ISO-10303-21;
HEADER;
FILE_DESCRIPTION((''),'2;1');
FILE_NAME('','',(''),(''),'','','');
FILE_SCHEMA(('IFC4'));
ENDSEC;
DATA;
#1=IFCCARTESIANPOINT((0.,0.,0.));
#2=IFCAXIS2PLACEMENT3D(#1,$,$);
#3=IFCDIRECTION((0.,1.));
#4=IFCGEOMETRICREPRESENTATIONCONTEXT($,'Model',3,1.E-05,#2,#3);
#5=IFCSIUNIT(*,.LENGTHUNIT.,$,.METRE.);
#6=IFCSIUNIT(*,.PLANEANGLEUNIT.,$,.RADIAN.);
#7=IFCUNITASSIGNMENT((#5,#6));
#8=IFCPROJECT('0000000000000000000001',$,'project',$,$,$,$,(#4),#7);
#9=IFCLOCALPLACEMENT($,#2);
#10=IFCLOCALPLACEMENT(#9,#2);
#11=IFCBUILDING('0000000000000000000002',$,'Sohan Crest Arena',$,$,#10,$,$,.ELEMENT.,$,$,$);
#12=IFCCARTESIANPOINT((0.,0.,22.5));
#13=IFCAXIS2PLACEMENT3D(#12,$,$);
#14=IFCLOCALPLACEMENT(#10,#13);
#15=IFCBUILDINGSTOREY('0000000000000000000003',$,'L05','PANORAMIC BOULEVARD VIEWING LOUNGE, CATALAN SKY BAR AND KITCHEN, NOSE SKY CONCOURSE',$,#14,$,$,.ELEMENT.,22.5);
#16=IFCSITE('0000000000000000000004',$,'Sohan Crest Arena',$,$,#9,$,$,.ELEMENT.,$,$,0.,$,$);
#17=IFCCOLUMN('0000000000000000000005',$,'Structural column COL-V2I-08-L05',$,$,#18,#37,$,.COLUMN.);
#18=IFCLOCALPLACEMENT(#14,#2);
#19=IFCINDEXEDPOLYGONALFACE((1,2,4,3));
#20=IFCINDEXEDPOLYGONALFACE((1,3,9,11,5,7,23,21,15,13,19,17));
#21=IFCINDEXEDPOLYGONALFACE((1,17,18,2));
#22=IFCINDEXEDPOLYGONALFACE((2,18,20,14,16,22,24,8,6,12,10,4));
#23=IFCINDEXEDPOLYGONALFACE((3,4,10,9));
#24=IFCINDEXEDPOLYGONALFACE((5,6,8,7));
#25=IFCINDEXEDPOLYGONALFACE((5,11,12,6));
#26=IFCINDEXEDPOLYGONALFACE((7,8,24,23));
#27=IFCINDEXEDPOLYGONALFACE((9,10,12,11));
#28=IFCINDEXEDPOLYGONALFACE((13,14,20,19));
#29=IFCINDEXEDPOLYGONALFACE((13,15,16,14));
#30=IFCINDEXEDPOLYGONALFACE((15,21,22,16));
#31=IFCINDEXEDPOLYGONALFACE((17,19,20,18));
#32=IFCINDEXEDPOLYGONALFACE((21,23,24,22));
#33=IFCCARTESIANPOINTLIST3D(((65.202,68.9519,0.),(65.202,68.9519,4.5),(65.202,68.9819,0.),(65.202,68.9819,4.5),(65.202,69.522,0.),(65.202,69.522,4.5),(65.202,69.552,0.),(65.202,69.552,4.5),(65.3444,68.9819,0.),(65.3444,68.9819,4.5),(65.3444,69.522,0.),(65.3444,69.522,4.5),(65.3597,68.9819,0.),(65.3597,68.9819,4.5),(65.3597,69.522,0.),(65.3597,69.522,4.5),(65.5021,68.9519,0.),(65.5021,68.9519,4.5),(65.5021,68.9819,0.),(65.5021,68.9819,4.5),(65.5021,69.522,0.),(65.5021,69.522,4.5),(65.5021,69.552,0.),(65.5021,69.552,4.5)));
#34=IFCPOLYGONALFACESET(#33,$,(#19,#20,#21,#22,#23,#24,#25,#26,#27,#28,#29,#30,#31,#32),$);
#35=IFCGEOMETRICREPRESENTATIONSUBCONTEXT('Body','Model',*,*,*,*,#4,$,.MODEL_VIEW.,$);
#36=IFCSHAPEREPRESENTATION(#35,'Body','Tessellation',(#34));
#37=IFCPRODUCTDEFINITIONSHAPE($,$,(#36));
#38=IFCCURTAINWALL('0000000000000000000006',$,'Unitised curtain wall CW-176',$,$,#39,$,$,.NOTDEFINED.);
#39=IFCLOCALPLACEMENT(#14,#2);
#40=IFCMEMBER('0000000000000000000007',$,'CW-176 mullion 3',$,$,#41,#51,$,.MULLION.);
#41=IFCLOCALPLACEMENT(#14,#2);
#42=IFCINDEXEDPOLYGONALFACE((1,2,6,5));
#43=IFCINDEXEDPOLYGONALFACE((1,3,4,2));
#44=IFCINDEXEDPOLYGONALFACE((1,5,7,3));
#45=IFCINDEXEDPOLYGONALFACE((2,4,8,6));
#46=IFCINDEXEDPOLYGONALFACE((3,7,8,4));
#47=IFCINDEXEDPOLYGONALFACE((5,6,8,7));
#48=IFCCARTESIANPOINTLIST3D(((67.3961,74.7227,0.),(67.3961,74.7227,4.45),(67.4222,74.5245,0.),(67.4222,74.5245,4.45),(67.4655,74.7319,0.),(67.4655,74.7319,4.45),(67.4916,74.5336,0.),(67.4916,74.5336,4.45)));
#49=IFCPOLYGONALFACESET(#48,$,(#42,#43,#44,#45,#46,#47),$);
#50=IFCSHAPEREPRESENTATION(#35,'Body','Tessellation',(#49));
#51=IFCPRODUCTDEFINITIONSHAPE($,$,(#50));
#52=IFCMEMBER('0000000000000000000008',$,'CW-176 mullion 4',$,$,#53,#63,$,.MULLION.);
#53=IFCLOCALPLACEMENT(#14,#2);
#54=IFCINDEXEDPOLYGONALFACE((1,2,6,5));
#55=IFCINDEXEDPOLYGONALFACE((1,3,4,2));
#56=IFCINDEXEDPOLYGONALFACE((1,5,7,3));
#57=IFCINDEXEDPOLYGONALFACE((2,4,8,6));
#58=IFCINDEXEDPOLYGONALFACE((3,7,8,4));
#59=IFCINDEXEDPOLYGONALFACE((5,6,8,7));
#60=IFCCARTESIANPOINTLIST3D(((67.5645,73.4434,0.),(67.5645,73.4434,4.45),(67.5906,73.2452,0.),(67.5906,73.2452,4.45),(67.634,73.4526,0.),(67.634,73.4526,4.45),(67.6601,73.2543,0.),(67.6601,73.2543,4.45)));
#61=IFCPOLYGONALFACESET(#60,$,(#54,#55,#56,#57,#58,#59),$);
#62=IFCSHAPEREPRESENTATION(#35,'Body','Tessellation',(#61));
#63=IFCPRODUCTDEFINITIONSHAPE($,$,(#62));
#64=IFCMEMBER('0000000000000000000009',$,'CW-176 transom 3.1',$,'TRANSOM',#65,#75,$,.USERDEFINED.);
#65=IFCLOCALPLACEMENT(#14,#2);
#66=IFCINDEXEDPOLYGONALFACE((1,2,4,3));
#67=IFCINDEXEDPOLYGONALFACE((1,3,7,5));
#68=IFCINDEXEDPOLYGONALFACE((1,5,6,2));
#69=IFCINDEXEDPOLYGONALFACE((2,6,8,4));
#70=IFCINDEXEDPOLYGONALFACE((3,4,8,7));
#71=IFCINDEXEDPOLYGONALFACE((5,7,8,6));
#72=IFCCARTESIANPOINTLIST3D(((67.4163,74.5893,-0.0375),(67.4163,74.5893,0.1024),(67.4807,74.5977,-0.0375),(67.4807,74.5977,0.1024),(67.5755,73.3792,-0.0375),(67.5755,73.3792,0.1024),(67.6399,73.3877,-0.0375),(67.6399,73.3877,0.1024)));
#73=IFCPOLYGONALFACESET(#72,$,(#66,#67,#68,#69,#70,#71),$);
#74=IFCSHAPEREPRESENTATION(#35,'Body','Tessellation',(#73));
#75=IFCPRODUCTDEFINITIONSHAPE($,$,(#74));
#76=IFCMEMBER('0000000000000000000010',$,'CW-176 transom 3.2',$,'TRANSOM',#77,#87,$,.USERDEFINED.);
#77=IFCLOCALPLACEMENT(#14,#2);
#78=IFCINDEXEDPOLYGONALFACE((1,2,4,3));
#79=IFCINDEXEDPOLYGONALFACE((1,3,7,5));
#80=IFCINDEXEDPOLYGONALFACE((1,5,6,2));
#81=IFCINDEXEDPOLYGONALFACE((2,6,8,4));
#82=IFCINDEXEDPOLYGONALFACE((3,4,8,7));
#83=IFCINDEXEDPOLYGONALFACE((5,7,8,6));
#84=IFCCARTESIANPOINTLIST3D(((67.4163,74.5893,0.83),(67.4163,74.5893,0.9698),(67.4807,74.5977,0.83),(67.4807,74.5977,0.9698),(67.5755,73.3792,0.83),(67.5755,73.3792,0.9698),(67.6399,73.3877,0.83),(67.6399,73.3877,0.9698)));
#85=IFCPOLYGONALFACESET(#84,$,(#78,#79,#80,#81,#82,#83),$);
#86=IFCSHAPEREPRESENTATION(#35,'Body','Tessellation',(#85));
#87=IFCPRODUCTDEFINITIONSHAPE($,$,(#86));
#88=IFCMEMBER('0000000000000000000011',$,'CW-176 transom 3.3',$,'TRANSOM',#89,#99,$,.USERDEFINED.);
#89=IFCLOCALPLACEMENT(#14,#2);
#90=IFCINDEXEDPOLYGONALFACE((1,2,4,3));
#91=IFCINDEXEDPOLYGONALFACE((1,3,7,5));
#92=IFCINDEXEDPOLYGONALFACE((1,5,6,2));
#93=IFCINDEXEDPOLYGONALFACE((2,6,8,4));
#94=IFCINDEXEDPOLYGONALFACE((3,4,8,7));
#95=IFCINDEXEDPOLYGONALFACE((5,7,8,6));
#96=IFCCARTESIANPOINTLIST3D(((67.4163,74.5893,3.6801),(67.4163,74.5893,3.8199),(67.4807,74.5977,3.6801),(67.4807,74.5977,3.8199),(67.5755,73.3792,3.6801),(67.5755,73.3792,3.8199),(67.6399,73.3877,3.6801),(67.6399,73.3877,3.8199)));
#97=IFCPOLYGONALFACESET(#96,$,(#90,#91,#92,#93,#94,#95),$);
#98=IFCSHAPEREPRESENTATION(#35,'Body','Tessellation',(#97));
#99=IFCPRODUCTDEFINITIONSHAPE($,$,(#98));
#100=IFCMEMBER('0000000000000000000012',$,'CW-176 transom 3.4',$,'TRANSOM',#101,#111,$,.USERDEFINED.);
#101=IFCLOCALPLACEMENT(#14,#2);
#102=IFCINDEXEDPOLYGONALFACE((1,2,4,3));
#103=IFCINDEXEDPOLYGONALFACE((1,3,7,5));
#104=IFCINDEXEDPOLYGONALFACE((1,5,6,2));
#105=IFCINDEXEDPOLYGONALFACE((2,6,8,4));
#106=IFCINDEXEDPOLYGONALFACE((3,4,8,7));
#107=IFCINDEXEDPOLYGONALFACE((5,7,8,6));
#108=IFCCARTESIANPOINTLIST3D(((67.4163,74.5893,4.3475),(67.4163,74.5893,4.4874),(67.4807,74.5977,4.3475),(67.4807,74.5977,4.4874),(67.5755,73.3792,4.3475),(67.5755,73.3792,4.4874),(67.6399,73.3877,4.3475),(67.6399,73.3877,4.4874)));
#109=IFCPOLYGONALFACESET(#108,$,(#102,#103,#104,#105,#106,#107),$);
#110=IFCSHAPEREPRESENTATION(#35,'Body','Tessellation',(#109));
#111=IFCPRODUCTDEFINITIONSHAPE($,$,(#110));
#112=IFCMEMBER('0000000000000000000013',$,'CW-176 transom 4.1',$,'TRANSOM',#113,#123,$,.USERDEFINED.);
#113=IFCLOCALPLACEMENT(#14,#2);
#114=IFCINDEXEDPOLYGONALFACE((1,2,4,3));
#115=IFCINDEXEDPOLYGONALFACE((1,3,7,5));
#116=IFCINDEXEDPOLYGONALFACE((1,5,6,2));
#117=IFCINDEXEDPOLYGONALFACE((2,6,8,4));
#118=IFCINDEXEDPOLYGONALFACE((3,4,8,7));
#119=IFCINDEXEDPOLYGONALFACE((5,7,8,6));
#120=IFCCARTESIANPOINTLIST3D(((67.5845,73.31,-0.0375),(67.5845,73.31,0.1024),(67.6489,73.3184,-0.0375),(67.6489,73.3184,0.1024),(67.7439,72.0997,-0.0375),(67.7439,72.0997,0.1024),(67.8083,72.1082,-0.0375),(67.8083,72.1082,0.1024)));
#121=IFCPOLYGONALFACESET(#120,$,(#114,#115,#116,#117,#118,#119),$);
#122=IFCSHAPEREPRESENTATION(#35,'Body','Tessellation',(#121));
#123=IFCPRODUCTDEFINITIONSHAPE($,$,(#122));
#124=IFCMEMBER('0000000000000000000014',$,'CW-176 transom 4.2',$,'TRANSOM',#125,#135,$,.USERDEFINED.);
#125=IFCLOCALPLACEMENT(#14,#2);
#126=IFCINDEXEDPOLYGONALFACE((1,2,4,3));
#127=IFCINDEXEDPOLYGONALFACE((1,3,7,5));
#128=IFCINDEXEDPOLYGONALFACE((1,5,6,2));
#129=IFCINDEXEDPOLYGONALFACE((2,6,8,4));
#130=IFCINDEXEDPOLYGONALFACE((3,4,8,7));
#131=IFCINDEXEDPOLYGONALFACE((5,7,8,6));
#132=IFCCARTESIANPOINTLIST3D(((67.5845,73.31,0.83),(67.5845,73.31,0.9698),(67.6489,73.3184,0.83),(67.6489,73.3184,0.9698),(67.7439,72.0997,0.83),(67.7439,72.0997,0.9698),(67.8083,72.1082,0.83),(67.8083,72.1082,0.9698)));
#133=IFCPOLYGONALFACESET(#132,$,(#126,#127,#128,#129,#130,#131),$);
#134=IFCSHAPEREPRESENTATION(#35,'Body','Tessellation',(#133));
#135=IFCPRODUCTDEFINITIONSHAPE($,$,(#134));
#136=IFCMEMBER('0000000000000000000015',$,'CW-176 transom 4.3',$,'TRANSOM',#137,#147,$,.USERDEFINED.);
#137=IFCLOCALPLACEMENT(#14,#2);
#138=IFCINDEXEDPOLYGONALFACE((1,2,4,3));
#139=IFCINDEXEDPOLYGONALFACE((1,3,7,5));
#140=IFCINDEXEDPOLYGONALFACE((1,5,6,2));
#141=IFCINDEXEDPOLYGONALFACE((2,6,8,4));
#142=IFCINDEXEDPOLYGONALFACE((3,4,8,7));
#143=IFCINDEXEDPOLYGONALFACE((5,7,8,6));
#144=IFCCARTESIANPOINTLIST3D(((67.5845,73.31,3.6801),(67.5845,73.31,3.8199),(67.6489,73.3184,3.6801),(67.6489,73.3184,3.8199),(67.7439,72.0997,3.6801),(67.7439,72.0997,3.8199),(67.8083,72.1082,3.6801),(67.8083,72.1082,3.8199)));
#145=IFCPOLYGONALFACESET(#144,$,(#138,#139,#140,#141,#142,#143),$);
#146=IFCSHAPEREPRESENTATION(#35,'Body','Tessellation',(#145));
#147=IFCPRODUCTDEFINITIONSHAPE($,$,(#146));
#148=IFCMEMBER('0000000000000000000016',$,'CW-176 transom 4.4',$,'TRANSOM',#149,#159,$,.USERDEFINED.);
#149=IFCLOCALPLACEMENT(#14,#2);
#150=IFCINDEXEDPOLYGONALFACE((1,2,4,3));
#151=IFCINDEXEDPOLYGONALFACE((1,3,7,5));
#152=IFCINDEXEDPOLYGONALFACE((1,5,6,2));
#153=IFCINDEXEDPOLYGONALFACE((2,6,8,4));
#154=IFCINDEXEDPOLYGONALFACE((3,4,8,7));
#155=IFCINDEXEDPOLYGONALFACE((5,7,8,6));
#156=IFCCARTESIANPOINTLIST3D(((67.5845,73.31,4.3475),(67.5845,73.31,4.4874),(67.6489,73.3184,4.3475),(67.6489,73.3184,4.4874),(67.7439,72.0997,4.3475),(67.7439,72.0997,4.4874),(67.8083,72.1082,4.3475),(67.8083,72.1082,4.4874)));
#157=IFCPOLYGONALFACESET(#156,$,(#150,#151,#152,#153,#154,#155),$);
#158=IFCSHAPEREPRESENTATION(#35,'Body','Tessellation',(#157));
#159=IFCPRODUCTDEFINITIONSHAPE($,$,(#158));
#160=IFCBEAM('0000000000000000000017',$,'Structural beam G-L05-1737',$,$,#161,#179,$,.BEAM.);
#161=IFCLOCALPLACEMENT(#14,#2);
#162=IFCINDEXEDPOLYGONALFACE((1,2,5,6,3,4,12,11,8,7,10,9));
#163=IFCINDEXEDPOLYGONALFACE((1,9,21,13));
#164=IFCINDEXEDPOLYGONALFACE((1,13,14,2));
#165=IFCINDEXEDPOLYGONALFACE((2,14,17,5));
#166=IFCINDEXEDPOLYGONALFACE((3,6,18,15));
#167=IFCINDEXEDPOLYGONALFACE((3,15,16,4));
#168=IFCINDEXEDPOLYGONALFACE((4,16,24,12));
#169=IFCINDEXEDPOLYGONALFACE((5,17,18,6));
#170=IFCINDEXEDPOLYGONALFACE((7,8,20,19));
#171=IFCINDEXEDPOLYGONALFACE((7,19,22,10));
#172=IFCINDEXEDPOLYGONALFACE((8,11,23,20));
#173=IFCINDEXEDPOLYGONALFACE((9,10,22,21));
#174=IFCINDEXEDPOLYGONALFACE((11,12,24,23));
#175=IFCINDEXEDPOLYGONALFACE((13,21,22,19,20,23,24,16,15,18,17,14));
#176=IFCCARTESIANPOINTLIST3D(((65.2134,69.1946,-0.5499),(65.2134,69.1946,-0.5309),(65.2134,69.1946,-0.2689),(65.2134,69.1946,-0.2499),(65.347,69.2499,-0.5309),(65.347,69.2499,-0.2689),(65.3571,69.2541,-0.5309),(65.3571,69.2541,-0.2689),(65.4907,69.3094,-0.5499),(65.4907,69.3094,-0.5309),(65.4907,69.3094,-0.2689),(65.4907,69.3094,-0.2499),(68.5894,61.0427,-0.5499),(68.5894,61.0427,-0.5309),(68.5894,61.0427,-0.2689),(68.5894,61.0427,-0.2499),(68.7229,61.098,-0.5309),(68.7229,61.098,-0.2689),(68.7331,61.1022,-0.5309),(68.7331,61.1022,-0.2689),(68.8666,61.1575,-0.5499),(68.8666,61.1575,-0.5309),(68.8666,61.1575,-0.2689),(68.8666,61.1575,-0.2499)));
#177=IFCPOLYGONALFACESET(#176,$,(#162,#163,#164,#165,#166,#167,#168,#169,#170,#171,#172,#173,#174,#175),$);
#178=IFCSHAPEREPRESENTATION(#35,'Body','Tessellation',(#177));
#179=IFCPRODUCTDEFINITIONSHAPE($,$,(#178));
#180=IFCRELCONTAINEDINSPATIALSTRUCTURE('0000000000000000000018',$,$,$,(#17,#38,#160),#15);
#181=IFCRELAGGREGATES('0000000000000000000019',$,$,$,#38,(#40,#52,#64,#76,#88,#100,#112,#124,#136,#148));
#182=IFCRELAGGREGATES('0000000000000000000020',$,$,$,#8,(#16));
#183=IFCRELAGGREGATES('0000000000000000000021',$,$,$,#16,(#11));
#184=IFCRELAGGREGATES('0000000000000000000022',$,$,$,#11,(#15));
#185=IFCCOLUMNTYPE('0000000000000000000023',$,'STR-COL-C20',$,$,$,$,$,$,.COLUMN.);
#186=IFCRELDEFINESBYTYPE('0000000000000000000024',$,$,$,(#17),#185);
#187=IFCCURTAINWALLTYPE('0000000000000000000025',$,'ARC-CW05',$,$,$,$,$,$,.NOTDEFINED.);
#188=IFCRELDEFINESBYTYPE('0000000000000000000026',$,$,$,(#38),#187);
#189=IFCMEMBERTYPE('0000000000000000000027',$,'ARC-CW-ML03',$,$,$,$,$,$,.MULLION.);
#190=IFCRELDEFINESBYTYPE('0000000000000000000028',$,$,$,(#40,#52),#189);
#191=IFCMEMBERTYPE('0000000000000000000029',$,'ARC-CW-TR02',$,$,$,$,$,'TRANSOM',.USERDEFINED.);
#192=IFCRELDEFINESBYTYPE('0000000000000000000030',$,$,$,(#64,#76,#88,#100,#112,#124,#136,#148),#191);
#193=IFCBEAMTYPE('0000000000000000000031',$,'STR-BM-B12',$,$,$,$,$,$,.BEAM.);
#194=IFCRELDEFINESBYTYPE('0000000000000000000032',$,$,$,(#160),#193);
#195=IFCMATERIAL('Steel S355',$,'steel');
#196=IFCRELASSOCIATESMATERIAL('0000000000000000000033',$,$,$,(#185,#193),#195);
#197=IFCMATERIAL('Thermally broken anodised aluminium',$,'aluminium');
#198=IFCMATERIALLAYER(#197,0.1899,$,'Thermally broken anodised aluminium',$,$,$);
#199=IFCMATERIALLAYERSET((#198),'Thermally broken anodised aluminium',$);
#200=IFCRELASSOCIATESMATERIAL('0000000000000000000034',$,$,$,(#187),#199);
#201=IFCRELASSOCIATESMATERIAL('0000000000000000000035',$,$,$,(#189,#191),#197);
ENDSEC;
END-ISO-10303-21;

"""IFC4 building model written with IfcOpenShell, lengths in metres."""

from ifc_helpers import new_model, si_unit, direction, frame, origin, origin_2d, place, context, subcontext, project, spatial, rectangle, i_section, extrude, material, layer, layer_set, material_profile, profile_set, type_object, element, aggregate, save


model = new_model("IFC4")

# Units and contexts
model_context = context("Model", 3, precision=1e-05, world=origin(), true_north=direction((0.0, 1.0)))
body_context = subcontext(model_context, "Body", "Model", "MODEL_VIEW")
ifc_project = project(units=[si_unit("LENGTHUNIT", "METRE"), si_unit("PLANEANGLEUNIT", "RADIAN")], contexts=[model_context])

# Site, building, storey
site_placement = place(None, origin())
site = spatial("IfcSite", under=ifc_project, at=site_placement, Name="Sohan Crest Arena", CompositionType="ELEMENT", RefElevation=0.0)
building_placement = place(site_placement, origin())
building = spatial("IfcBuilding", under=site, at=building_placement, Name="Sohan Crest Arena", CompositionType="ELEMENT")
storey_placement = place(building_placement, frame((0.0, 0.0, 22.5)))
storey = spatial("IfcBuildingStorey", under=building, at=storey_placement, Name="L05", Description="PANORAMIC BOULEVARD VIEWING LOUNGE, CATALAN SKY BAR AND KITCHEN, NOSE SKY CONCOURSE", CompositionType="ELEMENT", Elevation=22.5)

# Column
ifc_material_1 = material(Name="Steel S355", Category="steel")
ifc_material_profile_1 = material_profile(ifc_material_1, i_section(OverallWidth=0.3, OverallDepth=0.6001, WebThickness=0.0154, FlangeThickness=0.03, at=origin_2d()), Name="HEB 600")
ifc_profile_set_1 = profile_set([ifc_material_profile_1], Name="Steel S355")
column_type = type_object("IfcColumnType", Name="STR-COL-C20", PredefinedType="COLUMN", material=ifc_profile_set_1)
column_placement = place(storey_placement, frame((65.3521, 69.252, 0.0), z_axis=(0.0, 0.0, 1.0), x_axis=(1.0, 0.0, 0.0)))
element("IfcColumn", 1, at=column_placement, inside=storey, type_object=column_type, Name="Structural column COL-V2I-08-L05", PredefinedType="COLUMN", context=body_context, shape_type="SweptSolid", body=[
    extrude(i_section(OverallWidth=0.3, OverallDepth=0.6001, WebThickness=0.0154, FlangeThickness=0.03, at=origin_2d()), origin(), (0.0, 0.0, 1.0), 4.5),
])

# Curtain wall, members
ifc_material_2 = material(Name="Thermally broken anodised aluminium", Category="aluminium")
ifc_layer_1 = layer(ifc_material_2, 0.1899, Name="Thermally broken anodised aluminium")
ifc_layer_set_1 = layer_set([ifc_layer_1], Name="Thermally broken anodised aluminium")
curtain_wall_type = type_object("IfcCurtainWallType", Name="ARC-CW05", PredefinedType="NOTDEFINED", material=ifc_layer_set_1)
curtain_wall_placement = place(storey_placement, origin())
curtain_wall = element("IfcCurtainWall", 2, at=curtain_wall_placement, inside=storey, type_object=curtain_wall_type, Name="Unitised curtain wall CW-176", PredefinedType="NOTDEFINED")
ifc_material_profile_2 = material_profile(ifc_material_2, rectangle(XDim=0.0701, YDim=0.2, at=origin_2d()), Name="ALU-MULL 70x200")
ifc_profile_set_2 = profile_set([ifc_material_profile_2], Name="Thermally broken anodised aluminium")
member_type_1 = type_object("IfcMemberType", Name="ARC-CW-ML03", PredefinedType="MULLION", material=ifc_profile_set_2)
member_1_placement = place(storey_placement, frame((67.4438, 74.6282, 0.0), z_axis=(0.0, 0.0, 1.0), x_axis=(0.991448, 0.130499, 0.0)))
member_1 = element("IfcMember", 3, at=member_1_placement, type_object=member_type_1, Name="CW-176 mullion 3", PredefinedType="MULLION", context=body_context, shape_type="SweptSolid", body=[
    extrude(rectangle(XDim=0.0701, YDim=0.2, at=origin_2d()), origin(), (0.0, 0.0, 1.0), 4.45),
])
member_2_placement = place(storey_placement, frame((67.6123, 73.3489, 0.0), z_axis=(0.0, 0.0, 1.0), x_axis=(0.991448, 0.130499, 0.0)))
member_2 = element("IfcMember", 4, at=member_2_placement, type_object=member_type_1, Name="CW-176 mullion 4", PredefinedType="MULLION", context=body_context, shape_type="SweptSolid", body=[
    extrude(rectangle(XDim=0.0701, YDim=0.2, at=origin_2d()), origin(), (0.0, 0.0, 1.0), 4.45),
])
ifc_material_profile_3 = material_profile(ifc_material_2, rectangle(XDim=0.0649, YDim=0.1399, at=origin_2d()), Name="ALU-TRAN 65x140")
ifc_profile_set_3 = profile_set([ifc_material_profile_3], Name="Thermally broken anodised aluminium")
member_type_2 = type_object("IfcMemberType", Name="ARC-CW-TR02", ElementType="TRANSOM", PredefinedType="USERDEFINED", material=ifc_profile_set_3)
member_3_placement = place(storey_placement, frame((67.4485, 74.5935, 0.0325), z_axis=(0.130434, -0.991457, 0.0), x_axis=(0.991457, 0.130434, 0.0)))
member_3 = element("IfcMember", 5, at=member_3_placement, type_object=member_type_2, Name="CW-176 transom 3.1", ObjectType="TRANSOM", PredefinedType="USERDEFINED", context=body_context, shape_type="SweptSolid", body=[
    extrude(rectangle(XDim=0.0649, YDim=0.1399, at=origin_2d()), origin(), (0.0, 0.0, 1.0), 1.2205),
])
member_4_placement = place(storey_placement, frame((67.4485, 74.5935, 0.8999), z_axis=(0.130434, -0.991457, 0.0), x_axis=(0.991457, 0.130434, 0.0)))
member_4 = element("IfcMember", 6, at=member_4_placement, type_object=member_type_2, Name="CW-176 transom 3.2", ObjectType="TRANSOM", PredefinedType="USERDEFINED", context=body_context, shape_type="SweptSolid", body=[
    extrude(rectangle(XDim=0.0649, YDim=0.1399, at=origin_2d()), origin(), (0.0, 0.0, 1.0), 1.2205),
])
member_5_placement = place(storey_placement, frame((67.4485, 74.5935, 3.75), z_axis=(0.130434, -0.991457, 0.0), x_axis=(0.991457, 0.130434, 0.0)))
member_5 = element("IfcMember", 7, at=member_5_placement, type_object=member_type_2, Name="CW-176 transom 3.3", ObjectType="TRANSOM", PredefinedType="USERDEFINED", context=body_context, shape_type="SweptSolid", body=[
    extrude(rectangle(XDim=0.0649, YDim=0.1399, at=origin_2d()), origin(), (0.0, 0.0, 1.0), 1.2205),
])
member_6_placement = place(storey_placement, frame((67.4485, 74.5935, 4.4175), z_axis=(0.130434, -0.991457, 0.0), x_axis=(0.991457, 0.130434, 0.0)))
member_6 = element("IfcMember", 8, at=member_6_placement, type_object=member_type_2, Name="CW-176 transom 3.4", ObjectType="TRANSOM", PredefinedType="USERDEFINED", context=body_context, shape_type="SweptSolid", body=[
    extrude(rectangle(XDim=0.0649, YDim=0.1399, at=origin_2d()), origin(), (0.0, 0.0, 1.0), 1.2205),
])
member_7_placement = place(storey_placement, frame((67.6167, 73.3142, 0.0325), z_axis=(0.130605, -0.991435, 0.0), x_axis=(0.991435, 0.130605, 0.0)))
member_7 = element("IfcMember", 9, at=member_7_placement, type_object=member_type_2, Name="CW-176 transom 4.1", ObjectType="TRANSOM", PredefinedType="USERDEFINED", context=body_context, shape_type="SweptSolid", body=[
    extrude(rectangle(XDim=0.0649, YDim=0.1399, at=origin_2d()), origin(), (0.0, 0.0, 1.0), 1.2207),
])
member_8_placement = place(storey_placement, frame((67.6167, 73.3142, 0.8999), z_axis=(0.130605, -0.991435, 0.0), x_axis=(0.991435, 0.130605, 0.0)))
member_8 = element("IfcMember", 10, at=member_8_placement, type_object=member_type_2, Name="CW-176 transom 4.2", ObjectType="TRANSOM", PredefinedType="USERDEFINED", context=body_context, shape_type="SweptSolid", body=[
    extrude(rectangle(XDim=0.0649, YDim=0.1399, at=origin_2d()), origin(), (0.0, 0.0, 1.0), 1.2207),
])
member_9_placement = place(storey_placement, frame((67.6167, 73.3142, 3.75), z_axis=(0.130605, -0.991435, 0.0), x_axis=(0.991435, 0.130605, 0.0)))
member_9 = element("IfcMember", 11, at=member_9_placement, type_object=member_type_2, Name="CW-176 transom 4.3", ObjectType="TRANSOM", PredefinedType="USERDEFINED", context=body_context, shape_type="SweptSolid", body=[
    extrude(rectangle(XDim=0.0649, YDim=0.1399, at=origin_2d()), origin(), (0.0, 0.0, 1.0), 1.2207),
])
member_10_placement = place(storey_placement, frame((67.6167, 73.3142, 4.4175), z_axis=(0.130605, -0.991435, 0.0), x_axis=(0.991435, 0.130605, 0.0)))
member_10 = element("IfcMember", 12, at=member_10_placement, type_object=member_type_2, Name="CW-176 transom 4.4", ObjectType="TRANSOM", PredefinedType="USERDEFINED", context=body_context, shape_type="SweptSolid", body=[
    extrude(rectangle(XDim=0.0649, YDim=0.1399, at=origin_2d()), origin(), (0.0, 0.0, 1.0), 1.2207),
])

# Beam
ifc_material_profile_4 = material_profile(ifc_material_1, i_section(OverallWidth=0.3, OverallDepth=0.3, WebThickness=0.011, FlangeThickness=0.019, at=origin_2d()), Name="HEB 300")
ifc_profile_set_4 = profile_set([ifc_material_profile_4], Name="Steel S355")
beam_type_1 = type_object("IfcBeamType", Name="STR-BM-B12", PredefinedType="BEAM", material=ifc_profile_set_4)
beam_1_placement = place(storey_placement, frame((65.3521, 69.252, -0.3999), z_axis=(0.382622, -0.923905, 0.0), x_axis=(0.923905, 0.382622, 0.0)))
element("IfcBeam", 13, at=beam_1_placement, inside=storey, type_object=beam_type_1, Name="Structural beam G-L05-1737", PredefinedType="BEAM", context=body_context, shape_type="SweptSolid", body=[
    extrude(i_section(OverallWidth=0.3, OverallDepth=0.3, WebThickness=0.011, FlangeThickness=0.019, at=origin_2d()), origin(), (0.0, 0.0, 1.0), 8.8232),
])

aggregate(curtain_wall, [member_1, member_2, member_3, member_4, member_5, member_6, member_7, member_8, member_9, member_10])

save(model, "model.ifc")
